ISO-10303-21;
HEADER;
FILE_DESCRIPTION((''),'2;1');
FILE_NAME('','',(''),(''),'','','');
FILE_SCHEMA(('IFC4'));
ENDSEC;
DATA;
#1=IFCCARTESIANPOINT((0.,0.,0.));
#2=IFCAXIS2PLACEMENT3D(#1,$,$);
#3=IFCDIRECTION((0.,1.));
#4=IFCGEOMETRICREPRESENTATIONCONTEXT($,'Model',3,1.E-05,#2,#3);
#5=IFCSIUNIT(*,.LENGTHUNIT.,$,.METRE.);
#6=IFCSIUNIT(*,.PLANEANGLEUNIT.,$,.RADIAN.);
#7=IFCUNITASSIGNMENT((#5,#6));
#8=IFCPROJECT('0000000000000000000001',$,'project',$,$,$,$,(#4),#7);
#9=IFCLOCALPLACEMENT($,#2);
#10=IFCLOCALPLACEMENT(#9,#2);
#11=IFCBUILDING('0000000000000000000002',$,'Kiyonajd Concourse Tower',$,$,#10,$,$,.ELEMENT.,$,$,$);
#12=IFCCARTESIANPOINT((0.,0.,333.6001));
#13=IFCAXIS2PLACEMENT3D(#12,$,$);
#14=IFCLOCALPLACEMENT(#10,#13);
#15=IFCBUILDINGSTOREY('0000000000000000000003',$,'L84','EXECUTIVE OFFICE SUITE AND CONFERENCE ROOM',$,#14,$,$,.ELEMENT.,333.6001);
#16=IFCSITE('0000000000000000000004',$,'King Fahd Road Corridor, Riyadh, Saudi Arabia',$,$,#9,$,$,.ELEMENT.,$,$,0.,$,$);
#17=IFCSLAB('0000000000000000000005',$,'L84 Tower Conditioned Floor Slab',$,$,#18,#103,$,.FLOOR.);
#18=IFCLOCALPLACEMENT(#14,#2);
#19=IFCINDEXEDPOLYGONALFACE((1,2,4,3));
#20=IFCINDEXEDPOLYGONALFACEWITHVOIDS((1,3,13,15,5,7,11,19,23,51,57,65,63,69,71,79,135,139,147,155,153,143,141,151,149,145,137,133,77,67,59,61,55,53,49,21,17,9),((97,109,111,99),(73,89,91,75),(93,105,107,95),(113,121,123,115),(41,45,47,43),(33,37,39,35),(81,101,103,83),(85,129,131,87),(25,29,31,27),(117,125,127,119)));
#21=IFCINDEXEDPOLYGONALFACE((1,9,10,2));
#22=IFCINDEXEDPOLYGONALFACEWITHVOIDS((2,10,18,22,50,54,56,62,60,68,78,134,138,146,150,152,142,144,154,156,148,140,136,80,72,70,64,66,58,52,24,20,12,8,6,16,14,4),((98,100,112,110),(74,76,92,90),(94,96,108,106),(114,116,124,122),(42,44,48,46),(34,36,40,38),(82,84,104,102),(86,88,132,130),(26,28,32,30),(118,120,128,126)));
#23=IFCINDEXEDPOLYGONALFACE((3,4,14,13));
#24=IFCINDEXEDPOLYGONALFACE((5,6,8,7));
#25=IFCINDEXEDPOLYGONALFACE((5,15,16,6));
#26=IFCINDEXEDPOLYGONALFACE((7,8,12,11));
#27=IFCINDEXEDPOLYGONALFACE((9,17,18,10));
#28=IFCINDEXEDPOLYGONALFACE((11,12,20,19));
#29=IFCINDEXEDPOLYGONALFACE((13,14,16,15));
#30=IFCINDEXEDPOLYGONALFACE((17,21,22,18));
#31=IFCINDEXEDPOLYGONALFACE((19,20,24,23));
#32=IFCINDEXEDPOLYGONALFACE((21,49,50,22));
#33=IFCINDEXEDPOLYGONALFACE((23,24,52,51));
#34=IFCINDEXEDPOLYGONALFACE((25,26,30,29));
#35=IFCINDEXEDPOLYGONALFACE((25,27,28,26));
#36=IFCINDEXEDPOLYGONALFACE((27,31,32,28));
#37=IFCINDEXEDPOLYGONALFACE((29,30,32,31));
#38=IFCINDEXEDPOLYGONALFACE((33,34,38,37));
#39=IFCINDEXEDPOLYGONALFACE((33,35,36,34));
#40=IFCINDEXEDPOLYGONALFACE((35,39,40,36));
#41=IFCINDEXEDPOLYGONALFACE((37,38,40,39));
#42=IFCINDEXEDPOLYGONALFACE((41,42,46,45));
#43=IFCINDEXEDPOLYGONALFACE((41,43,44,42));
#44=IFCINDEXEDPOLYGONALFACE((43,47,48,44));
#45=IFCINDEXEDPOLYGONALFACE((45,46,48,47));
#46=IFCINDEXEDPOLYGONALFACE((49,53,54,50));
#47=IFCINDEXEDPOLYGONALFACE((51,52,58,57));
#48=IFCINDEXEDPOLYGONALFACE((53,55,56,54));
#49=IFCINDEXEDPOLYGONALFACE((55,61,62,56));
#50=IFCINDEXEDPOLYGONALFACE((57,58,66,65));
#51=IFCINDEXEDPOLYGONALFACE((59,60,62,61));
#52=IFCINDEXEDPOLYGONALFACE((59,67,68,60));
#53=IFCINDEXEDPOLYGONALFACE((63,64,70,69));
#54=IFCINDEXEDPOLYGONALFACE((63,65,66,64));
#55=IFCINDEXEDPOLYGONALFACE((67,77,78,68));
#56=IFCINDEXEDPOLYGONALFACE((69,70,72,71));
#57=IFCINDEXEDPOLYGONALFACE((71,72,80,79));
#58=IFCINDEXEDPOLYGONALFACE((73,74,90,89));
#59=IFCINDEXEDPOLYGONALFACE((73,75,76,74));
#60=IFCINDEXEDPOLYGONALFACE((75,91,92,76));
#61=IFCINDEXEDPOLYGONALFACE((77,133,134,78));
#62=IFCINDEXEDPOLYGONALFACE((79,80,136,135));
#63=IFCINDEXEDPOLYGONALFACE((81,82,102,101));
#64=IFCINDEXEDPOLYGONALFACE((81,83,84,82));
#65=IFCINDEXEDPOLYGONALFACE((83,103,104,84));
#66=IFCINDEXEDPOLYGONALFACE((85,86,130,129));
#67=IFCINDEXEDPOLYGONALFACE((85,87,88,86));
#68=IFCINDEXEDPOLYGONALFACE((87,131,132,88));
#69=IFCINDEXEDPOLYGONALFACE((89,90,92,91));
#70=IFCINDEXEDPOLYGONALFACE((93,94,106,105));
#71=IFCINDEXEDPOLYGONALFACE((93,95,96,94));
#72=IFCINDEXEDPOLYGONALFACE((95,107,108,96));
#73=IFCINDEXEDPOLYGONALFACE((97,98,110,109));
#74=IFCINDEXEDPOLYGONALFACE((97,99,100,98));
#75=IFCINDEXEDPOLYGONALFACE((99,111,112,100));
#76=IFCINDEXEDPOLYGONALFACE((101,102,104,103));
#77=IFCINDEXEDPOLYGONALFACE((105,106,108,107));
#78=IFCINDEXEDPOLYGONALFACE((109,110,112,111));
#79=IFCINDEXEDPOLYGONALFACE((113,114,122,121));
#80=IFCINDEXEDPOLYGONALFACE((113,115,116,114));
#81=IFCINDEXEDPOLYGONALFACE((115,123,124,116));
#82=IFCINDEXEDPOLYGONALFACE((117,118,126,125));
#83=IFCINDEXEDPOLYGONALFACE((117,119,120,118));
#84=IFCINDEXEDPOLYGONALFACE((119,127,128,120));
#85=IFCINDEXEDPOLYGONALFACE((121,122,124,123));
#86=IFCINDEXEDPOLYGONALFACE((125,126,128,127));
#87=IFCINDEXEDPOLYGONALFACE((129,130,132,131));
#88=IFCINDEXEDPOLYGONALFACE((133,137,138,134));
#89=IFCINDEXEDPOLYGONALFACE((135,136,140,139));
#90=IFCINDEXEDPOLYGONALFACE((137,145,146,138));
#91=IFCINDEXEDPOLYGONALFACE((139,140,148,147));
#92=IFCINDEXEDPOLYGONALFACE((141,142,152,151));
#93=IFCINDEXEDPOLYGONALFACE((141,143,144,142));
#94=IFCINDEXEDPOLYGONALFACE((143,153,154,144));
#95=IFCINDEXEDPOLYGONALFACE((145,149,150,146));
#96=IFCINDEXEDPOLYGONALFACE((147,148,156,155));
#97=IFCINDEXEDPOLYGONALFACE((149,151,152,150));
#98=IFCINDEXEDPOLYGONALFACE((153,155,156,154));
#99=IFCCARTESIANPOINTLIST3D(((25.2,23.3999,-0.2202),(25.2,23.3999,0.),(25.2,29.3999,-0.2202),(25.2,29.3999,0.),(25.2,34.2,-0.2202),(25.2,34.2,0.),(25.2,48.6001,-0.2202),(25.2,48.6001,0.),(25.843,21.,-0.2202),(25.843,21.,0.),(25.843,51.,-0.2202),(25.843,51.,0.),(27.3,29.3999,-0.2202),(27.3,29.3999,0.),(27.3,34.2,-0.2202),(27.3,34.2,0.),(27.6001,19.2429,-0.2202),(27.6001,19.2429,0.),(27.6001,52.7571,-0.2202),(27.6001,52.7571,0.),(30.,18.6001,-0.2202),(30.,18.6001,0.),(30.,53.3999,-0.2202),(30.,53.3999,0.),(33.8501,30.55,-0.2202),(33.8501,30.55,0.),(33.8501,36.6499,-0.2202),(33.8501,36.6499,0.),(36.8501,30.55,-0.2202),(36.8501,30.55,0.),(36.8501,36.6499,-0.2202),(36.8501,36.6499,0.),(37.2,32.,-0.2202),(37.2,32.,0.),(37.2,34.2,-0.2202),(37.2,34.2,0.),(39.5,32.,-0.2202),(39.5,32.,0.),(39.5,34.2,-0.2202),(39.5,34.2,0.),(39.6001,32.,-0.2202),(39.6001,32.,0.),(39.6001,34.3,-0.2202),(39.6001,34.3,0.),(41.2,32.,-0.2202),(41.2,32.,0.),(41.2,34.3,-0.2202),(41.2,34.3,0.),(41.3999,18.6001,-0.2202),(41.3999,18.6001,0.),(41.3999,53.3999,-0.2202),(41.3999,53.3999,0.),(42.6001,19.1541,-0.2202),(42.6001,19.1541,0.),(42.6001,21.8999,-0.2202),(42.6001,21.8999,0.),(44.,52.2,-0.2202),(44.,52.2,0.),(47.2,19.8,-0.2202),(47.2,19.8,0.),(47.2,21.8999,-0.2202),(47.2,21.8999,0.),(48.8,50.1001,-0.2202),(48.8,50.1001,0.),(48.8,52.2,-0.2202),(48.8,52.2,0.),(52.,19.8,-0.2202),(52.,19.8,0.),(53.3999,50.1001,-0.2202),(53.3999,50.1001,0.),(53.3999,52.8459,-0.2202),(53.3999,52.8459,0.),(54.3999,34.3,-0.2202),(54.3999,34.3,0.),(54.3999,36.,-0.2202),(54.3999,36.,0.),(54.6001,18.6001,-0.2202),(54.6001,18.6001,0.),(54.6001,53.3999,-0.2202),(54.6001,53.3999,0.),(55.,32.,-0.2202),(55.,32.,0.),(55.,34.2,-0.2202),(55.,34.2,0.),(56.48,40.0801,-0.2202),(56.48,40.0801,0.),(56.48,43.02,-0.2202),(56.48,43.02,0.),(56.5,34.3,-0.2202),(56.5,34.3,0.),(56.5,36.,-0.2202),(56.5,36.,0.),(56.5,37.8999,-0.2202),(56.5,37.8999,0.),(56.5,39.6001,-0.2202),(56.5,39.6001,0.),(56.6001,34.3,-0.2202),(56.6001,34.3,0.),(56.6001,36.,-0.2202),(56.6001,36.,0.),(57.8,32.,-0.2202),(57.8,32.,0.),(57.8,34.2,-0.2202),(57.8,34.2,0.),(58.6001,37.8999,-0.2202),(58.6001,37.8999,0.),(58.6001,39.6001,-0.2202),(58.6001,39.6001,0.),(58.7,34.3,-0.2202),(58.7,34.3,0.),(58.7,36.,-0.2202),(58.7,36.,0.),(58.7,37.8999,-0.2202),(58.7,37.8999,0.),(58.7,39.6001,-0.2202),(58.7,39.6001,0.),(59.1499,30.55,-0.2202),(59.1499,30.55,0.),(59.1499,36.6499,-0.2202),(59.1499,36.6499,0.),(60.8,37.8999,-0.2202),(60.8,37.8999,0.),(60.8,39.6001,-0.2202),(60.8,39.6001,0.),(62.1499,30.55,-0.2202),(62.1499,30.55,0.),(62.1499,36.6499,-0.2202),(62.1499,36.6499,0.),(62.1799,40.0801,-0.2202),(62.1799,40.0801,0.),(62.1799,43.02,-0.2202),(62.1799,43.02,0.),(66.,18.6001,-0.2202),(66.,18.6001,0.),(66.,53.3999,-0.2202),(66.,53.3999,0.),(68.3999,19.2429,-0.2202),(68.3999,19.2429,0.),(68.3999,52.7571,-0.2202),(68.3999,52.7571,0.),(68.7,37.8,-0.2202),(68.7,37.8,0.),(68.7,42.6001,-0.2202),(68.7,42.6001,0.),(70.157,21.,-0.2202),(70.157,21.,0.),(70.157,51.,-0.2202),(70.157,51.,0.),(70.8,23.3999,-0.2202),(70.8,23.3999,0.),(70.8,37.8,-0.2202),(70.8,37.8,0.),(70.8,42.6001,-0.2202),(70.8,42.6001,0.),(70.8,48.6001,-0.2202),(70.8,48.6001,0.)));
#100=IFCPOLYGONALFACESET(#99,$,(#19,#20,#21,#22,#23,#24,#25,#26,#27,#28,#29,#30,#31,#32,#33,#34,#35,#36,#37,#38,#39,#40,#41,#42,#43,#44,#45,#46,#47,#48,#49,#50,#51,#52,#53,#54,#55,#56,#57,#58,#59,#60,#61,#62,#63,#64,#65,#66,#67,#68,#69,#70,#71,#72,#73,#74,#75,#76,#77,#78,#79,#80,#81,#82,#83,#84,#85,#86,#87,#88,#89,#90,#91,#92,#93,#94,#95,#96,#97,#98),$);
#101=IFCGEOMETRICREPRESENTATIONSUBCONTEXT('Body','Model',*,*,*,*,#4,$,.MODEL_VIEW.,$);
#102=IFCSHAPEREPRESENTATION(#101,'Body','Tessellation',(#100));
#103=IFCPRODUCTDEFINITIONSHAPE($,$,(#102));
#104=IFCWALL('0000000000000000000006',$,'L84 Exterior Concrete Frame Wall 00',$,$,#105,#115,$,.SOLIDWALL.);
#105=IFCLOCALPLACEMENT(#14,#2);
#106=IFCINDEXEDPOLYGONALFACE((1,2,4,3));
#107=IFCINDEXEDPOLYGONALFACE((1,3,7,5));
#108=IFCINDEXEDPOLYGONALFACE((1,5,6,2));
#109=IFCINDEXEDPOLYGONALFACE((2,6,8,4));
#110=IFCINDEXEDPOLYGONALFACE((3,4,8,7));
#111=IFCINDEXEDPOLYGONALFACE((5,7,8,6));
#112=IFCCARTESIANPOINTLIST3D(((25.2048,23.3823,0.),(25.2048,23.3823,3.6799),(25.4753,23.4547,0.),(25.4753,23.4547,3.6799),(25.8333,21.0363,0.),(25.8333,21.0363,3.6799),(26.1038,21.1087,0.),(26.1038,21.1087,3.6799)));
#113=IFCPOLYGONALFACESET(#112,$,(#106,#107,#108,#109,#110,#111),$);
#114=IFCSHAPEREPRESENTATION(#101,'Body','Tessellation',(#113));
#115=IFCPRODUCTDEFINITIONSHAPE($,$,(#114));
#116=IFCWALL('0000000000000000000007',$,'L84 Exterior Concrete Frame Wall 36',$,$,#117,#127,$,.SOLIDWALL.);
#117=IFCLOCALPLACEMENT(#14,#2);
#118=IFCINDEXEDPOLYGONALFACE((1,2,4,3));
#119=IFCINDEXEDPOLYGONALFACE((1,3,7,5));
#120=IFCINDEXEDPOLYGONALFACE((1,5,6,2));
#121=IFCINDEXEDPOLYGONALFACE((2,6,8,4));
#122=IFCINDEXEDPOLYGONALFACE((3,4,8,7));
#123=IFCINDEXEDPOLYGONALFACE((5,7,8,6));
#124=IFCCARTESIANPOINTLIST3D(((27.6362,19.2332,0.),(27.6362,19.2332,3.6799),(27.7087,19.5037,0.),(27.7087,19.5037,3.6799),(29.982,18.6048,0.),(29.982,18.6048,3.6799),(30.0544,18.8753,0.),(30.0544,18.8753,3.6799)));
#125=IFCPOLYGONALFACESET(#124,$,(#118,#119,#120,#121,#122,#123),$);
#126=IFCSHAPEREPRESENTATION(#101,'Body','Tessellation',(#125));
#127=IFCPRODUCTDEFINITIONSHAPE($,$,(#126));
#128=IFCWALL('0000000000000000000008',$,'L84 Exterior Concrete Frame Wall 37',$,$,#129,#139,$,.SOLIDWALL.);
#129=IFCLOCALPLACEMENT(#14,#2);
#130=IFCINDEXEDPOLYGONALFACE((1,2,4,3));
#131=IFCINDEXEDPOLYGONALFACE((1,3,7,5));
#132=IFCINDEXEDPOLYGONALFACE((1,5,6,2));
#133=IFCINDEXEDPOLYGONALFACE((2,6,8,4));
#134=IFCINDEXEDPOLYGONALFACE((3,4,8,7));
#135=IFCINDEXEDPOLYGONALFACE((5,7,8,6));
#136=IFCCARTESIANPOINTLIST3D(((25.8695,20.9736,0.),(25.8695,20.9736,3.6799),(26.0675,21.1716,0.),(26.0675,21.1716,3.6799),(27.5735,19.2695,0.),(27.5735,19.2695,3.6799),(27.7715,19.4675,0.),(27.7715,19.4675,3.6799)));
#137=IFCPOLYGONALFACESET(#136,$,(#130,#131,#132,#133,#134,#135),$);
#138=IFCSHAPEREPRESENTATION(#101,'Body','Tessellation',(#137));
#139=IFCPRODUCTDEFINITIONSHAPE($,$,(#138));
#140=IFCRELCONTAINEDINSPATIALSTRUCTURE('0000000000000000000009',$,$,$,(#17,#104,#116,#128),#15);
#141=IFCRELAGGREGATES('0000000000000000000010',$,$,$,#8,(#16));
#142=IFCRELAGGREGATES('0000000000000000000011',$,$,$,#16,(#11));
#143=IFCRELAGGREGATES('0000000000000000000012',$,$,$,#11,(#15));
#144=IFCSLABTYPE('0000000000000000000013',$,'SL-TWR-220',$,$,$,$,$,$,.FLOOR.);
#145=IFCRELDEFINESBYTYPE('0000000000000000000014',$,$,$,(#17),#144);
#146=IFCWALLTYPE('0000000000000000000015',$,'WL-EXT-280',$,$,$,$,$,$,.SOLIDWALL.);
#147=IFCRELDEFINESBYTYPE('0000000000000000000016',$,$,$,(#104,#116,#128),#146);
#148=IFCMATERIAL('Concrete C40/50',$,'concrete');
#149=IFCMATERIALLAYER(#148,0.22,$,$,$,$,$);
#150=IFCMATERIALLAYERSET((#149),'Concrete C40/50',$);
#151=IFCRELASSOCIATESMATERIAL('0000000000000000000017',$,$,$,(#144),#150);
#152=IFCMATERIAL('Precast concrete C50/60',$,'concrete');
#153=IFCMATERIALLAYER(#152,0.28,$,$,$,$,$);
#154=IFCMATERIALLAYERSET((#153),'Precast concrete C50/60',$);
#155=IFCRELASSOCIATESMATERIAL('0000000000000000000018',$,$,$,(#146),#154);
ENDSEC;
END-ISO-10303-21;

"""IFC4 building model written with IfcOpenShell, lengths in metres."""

from ifc_helpers import new_model, si_unit, direction, frame, frame_2d, origin, place, context, subcontext, project, spatial, polyline, rectangle, outline, extrude, material, layer, layer_set, type_object, element, save


model = new_model("IFC4")

# Units and contexts
model_context = context("Model", 3, precision=1e-05, world=origin(), true_north=direction((0.0, 1.0)))
body_context = subcontext(model_context, "Body", "Model", "MODEL_VIEW")
ifc_project = project(units=[si_unit("LENGTHUNIT", "METRE"), si_unit("PLANEANGLEUNIT", "RADIAN")], contexts=[model_context])

# Site, building, storey
site_placement = place(None, origin())
site = spatial("IfcSite", under=ifc_project, at=site_placement, Name="King Fahd Road Corridor, Riyadh, Saudi Arabia", CompositionType="ELEMENT", RefElevation=0.0)
building_placement = place(site_placement, origin())
building = spatial("IfcBuilding", under=site, at=building_placement, Name="Kiyonajd Concourse Tower", CompositionType="ELEMENT")
storey_placement = place(building_placement, frame((0.0, 0.0, 333.6001)))
storey = spatial("IfcBuildingStorey", under=building, at=storey_placement, Name="L84", Description="EXECUTIVE OFFICE SUITE AND CONFERENCE ROOM", CompositionType="ELEMENT", Elevation=333.6001)

# Shared definitions
ifc_material_1 = material(Name="Concrete C40/50", Category="concrete")

# Slab
ifc_material_2 = material(Name="Precast concrete C50/60", Category="concrete")
ifc_layer_1 = layer(ifc_material_1, 0.22)
ifc_layer_set_1 = layer_set([ifc_layer_1], Name="Concrete C40/50")
slab_type_1 = type_object("IfcSlabType", Name="SL-TWR-220", PredefinedType="FLOOR", material=ifc_layer_set_1)
slab_1_placement = place(storey_placement, frame((0.0, 0.0, -0.2202)))
element("IfcSlab", 1, at=slab_1_placement, inside=storey, type_object=slab_type_1, Name="L84 Tower Conditioned Floor Slab", PredefinedType="FLOOR", context=body_context, shape_type="SweptSolid", body=[
    extrude(outline(polyline([(25.843, 21.0), (25.2, 23.3999), (25.2, 29.3999), (27.3, 29.3999), (27.3, 34.2), (25.2, 34.2), (25.2, 48.6001), (25.843, 51.0), (27.6001, 52.7571), (30.0, 53.3999), (41.3999, 53.3999), (44.0, 52.2), (48.8, 52.2), (48.8, 50.1001), (53.3999, 50.1001), (53.3999, 52.8459), (54.6001, 53.3999), (66.0, 53.3999), (68.3999, 52.7571), (70.157, 51.0), (70.8, 48.6001), (70.8, 42.6001), (68.7, 42.6001), (68.7, 37.8), (70.8, 37.8), (70.8, 23.3999), (70.157, 21.0), (68.3999, 19.2429), (66.0, 18.6001), (54.6001, 18.6001), (52.0, 19.8), (47.2, 19.8), (47.2, 21.8999), (42.6001, 21.8999), (42.6001, 19.1541), (41.3999, 18.6001), (30.0, 18.6001), (27.6001, 19.2429), (25.843, 21.0)]), holes=[polyline([(39.5, 32.0), (37.2, 32.0), (37.2, 34.2), (39.5, 34.2), (39.5, 32.0)]), polyline([(57.8, 32.0), (55.0, 32.0), (55.0, 34.2), (57.8, 34.2), (57.8, 32.0)]), polyline([(41.2, 32.0), (39.6001, 32.0), (39.6001, 34.3), (41.2, 34.3), (41.2, 32.0)]), polyline([(33.8501, 30.55), (33.8501, 36.6499), (36.8501, 36.6499), (36.8501, 30.55), (33.8501, 30.55)]), polyline([(59.1499, 30.55), (59.1499, 36.6499), (62.1499, 36.6499), (62.1499, 30.55), (59.1499, 30.55)]), polyline([(56.5, 34.3), (54.3999, 34.3), (54.3999, 36.0), (56.5, 36.0), (56.5, 34.3)]), polyline([(58.7, 34.3), (56.6001, 34.3), (56.6001, 36.0), (58.7, 36.0), (58.7, 34.3)]), polyline([(58.6001, 37.8999), (56.5, 37.8999), (56.5, 39.6001), (58.6001, 39.6001), (58.6001, 37.8999)]), polyline([(58.7, 37.8999), (58.7, 39.6001), (60.8, 39.6001), (60.8, 37.8999), (58.7, 37.8999)]), polyline([(56.48, 43.02), (62.1799, 43.02), (62.1799, 40.0801), (56.48, 40.0801), (56.48, 43.02)])]), origin(), (0.0, 0.0, 1.0), 0.2202),
])

# Walls
ifc_layer_2 = layer(ifc_material_2, 0.28)
ifc_layer_set_2 = layer_set([ifc_layer_2], Name="Precast concrete C50/60")
wall_type = type_object("IfcWallType", Name="WL-EXT-280", PredefinedType="SOLIDWALL", material=ifc_layer_set_2)
wall_1_placement = place(storey_placement, frame((25.9685, 21.0725, 0.0), z_axis=(0.0, 0.0, 1.0), x_axis=(-0.258751, 0.965944, 0.0)))
element("IfcWall", 2, at=wall_1_placement, inside=storey, type_object=wall_type, Name="L84 Exterior Concrete Frame Wall 00", PredefinedType="SOLIDWALL", context=body_context, shape_type="SweptSolid", body=[
    extrude(rectangle(XDim=2.4287, YDim=0.28, at=frame_2d((1.2144, 0.0))), origin(), (0.0, 0.0, 1.0), 3.6799),
])
wall_2_placement = place(storey_placement, frame((30.0183, 18.74, 0.0), z_axis=(0.0, 0.0, 1.0), x_axis=(-0.965937, 0.258776, 0.0)))
element("IfcWall", 3, at=wall_2_placement, inside=storey, type_object=wall_type, Name="L84 Exterior Concrete Frame Wall 36", PredefinedType="SOLIDWALL", context=body_context, shape_type="SweptSolid", body=[
    extrude(rectangle(XDim=2.4285, YDim=0.28, at=frame_2d((1.2144, 0.0))), origin(), (0.0, 0.0, 1.0), 3.6799),
])
wall_3_placement = place(storey_placement, frame((27.6726, 19.3684, 0.0), z_axis=(0.0, 0.0, 1.0), x_axis=(-0.707107, 0.707107, 0.0)))
element("IfcWall", 4, at=wall_3_placement, inside=storey, type_object=wall_type, Name="L84 Exterior Concrete Frame Wall 37", PredefinedType="SOLIDWALL", context=body_context, shape_type="SweptSolid", body=[
    extrude(rectangle(XDim=2.4099, YDim=0.28, at=frame_2d((1.2051, 0.0))), origin(), (0.0, 0.0, 1.0), 3.6799),
])

save(model, "model.ifc")
